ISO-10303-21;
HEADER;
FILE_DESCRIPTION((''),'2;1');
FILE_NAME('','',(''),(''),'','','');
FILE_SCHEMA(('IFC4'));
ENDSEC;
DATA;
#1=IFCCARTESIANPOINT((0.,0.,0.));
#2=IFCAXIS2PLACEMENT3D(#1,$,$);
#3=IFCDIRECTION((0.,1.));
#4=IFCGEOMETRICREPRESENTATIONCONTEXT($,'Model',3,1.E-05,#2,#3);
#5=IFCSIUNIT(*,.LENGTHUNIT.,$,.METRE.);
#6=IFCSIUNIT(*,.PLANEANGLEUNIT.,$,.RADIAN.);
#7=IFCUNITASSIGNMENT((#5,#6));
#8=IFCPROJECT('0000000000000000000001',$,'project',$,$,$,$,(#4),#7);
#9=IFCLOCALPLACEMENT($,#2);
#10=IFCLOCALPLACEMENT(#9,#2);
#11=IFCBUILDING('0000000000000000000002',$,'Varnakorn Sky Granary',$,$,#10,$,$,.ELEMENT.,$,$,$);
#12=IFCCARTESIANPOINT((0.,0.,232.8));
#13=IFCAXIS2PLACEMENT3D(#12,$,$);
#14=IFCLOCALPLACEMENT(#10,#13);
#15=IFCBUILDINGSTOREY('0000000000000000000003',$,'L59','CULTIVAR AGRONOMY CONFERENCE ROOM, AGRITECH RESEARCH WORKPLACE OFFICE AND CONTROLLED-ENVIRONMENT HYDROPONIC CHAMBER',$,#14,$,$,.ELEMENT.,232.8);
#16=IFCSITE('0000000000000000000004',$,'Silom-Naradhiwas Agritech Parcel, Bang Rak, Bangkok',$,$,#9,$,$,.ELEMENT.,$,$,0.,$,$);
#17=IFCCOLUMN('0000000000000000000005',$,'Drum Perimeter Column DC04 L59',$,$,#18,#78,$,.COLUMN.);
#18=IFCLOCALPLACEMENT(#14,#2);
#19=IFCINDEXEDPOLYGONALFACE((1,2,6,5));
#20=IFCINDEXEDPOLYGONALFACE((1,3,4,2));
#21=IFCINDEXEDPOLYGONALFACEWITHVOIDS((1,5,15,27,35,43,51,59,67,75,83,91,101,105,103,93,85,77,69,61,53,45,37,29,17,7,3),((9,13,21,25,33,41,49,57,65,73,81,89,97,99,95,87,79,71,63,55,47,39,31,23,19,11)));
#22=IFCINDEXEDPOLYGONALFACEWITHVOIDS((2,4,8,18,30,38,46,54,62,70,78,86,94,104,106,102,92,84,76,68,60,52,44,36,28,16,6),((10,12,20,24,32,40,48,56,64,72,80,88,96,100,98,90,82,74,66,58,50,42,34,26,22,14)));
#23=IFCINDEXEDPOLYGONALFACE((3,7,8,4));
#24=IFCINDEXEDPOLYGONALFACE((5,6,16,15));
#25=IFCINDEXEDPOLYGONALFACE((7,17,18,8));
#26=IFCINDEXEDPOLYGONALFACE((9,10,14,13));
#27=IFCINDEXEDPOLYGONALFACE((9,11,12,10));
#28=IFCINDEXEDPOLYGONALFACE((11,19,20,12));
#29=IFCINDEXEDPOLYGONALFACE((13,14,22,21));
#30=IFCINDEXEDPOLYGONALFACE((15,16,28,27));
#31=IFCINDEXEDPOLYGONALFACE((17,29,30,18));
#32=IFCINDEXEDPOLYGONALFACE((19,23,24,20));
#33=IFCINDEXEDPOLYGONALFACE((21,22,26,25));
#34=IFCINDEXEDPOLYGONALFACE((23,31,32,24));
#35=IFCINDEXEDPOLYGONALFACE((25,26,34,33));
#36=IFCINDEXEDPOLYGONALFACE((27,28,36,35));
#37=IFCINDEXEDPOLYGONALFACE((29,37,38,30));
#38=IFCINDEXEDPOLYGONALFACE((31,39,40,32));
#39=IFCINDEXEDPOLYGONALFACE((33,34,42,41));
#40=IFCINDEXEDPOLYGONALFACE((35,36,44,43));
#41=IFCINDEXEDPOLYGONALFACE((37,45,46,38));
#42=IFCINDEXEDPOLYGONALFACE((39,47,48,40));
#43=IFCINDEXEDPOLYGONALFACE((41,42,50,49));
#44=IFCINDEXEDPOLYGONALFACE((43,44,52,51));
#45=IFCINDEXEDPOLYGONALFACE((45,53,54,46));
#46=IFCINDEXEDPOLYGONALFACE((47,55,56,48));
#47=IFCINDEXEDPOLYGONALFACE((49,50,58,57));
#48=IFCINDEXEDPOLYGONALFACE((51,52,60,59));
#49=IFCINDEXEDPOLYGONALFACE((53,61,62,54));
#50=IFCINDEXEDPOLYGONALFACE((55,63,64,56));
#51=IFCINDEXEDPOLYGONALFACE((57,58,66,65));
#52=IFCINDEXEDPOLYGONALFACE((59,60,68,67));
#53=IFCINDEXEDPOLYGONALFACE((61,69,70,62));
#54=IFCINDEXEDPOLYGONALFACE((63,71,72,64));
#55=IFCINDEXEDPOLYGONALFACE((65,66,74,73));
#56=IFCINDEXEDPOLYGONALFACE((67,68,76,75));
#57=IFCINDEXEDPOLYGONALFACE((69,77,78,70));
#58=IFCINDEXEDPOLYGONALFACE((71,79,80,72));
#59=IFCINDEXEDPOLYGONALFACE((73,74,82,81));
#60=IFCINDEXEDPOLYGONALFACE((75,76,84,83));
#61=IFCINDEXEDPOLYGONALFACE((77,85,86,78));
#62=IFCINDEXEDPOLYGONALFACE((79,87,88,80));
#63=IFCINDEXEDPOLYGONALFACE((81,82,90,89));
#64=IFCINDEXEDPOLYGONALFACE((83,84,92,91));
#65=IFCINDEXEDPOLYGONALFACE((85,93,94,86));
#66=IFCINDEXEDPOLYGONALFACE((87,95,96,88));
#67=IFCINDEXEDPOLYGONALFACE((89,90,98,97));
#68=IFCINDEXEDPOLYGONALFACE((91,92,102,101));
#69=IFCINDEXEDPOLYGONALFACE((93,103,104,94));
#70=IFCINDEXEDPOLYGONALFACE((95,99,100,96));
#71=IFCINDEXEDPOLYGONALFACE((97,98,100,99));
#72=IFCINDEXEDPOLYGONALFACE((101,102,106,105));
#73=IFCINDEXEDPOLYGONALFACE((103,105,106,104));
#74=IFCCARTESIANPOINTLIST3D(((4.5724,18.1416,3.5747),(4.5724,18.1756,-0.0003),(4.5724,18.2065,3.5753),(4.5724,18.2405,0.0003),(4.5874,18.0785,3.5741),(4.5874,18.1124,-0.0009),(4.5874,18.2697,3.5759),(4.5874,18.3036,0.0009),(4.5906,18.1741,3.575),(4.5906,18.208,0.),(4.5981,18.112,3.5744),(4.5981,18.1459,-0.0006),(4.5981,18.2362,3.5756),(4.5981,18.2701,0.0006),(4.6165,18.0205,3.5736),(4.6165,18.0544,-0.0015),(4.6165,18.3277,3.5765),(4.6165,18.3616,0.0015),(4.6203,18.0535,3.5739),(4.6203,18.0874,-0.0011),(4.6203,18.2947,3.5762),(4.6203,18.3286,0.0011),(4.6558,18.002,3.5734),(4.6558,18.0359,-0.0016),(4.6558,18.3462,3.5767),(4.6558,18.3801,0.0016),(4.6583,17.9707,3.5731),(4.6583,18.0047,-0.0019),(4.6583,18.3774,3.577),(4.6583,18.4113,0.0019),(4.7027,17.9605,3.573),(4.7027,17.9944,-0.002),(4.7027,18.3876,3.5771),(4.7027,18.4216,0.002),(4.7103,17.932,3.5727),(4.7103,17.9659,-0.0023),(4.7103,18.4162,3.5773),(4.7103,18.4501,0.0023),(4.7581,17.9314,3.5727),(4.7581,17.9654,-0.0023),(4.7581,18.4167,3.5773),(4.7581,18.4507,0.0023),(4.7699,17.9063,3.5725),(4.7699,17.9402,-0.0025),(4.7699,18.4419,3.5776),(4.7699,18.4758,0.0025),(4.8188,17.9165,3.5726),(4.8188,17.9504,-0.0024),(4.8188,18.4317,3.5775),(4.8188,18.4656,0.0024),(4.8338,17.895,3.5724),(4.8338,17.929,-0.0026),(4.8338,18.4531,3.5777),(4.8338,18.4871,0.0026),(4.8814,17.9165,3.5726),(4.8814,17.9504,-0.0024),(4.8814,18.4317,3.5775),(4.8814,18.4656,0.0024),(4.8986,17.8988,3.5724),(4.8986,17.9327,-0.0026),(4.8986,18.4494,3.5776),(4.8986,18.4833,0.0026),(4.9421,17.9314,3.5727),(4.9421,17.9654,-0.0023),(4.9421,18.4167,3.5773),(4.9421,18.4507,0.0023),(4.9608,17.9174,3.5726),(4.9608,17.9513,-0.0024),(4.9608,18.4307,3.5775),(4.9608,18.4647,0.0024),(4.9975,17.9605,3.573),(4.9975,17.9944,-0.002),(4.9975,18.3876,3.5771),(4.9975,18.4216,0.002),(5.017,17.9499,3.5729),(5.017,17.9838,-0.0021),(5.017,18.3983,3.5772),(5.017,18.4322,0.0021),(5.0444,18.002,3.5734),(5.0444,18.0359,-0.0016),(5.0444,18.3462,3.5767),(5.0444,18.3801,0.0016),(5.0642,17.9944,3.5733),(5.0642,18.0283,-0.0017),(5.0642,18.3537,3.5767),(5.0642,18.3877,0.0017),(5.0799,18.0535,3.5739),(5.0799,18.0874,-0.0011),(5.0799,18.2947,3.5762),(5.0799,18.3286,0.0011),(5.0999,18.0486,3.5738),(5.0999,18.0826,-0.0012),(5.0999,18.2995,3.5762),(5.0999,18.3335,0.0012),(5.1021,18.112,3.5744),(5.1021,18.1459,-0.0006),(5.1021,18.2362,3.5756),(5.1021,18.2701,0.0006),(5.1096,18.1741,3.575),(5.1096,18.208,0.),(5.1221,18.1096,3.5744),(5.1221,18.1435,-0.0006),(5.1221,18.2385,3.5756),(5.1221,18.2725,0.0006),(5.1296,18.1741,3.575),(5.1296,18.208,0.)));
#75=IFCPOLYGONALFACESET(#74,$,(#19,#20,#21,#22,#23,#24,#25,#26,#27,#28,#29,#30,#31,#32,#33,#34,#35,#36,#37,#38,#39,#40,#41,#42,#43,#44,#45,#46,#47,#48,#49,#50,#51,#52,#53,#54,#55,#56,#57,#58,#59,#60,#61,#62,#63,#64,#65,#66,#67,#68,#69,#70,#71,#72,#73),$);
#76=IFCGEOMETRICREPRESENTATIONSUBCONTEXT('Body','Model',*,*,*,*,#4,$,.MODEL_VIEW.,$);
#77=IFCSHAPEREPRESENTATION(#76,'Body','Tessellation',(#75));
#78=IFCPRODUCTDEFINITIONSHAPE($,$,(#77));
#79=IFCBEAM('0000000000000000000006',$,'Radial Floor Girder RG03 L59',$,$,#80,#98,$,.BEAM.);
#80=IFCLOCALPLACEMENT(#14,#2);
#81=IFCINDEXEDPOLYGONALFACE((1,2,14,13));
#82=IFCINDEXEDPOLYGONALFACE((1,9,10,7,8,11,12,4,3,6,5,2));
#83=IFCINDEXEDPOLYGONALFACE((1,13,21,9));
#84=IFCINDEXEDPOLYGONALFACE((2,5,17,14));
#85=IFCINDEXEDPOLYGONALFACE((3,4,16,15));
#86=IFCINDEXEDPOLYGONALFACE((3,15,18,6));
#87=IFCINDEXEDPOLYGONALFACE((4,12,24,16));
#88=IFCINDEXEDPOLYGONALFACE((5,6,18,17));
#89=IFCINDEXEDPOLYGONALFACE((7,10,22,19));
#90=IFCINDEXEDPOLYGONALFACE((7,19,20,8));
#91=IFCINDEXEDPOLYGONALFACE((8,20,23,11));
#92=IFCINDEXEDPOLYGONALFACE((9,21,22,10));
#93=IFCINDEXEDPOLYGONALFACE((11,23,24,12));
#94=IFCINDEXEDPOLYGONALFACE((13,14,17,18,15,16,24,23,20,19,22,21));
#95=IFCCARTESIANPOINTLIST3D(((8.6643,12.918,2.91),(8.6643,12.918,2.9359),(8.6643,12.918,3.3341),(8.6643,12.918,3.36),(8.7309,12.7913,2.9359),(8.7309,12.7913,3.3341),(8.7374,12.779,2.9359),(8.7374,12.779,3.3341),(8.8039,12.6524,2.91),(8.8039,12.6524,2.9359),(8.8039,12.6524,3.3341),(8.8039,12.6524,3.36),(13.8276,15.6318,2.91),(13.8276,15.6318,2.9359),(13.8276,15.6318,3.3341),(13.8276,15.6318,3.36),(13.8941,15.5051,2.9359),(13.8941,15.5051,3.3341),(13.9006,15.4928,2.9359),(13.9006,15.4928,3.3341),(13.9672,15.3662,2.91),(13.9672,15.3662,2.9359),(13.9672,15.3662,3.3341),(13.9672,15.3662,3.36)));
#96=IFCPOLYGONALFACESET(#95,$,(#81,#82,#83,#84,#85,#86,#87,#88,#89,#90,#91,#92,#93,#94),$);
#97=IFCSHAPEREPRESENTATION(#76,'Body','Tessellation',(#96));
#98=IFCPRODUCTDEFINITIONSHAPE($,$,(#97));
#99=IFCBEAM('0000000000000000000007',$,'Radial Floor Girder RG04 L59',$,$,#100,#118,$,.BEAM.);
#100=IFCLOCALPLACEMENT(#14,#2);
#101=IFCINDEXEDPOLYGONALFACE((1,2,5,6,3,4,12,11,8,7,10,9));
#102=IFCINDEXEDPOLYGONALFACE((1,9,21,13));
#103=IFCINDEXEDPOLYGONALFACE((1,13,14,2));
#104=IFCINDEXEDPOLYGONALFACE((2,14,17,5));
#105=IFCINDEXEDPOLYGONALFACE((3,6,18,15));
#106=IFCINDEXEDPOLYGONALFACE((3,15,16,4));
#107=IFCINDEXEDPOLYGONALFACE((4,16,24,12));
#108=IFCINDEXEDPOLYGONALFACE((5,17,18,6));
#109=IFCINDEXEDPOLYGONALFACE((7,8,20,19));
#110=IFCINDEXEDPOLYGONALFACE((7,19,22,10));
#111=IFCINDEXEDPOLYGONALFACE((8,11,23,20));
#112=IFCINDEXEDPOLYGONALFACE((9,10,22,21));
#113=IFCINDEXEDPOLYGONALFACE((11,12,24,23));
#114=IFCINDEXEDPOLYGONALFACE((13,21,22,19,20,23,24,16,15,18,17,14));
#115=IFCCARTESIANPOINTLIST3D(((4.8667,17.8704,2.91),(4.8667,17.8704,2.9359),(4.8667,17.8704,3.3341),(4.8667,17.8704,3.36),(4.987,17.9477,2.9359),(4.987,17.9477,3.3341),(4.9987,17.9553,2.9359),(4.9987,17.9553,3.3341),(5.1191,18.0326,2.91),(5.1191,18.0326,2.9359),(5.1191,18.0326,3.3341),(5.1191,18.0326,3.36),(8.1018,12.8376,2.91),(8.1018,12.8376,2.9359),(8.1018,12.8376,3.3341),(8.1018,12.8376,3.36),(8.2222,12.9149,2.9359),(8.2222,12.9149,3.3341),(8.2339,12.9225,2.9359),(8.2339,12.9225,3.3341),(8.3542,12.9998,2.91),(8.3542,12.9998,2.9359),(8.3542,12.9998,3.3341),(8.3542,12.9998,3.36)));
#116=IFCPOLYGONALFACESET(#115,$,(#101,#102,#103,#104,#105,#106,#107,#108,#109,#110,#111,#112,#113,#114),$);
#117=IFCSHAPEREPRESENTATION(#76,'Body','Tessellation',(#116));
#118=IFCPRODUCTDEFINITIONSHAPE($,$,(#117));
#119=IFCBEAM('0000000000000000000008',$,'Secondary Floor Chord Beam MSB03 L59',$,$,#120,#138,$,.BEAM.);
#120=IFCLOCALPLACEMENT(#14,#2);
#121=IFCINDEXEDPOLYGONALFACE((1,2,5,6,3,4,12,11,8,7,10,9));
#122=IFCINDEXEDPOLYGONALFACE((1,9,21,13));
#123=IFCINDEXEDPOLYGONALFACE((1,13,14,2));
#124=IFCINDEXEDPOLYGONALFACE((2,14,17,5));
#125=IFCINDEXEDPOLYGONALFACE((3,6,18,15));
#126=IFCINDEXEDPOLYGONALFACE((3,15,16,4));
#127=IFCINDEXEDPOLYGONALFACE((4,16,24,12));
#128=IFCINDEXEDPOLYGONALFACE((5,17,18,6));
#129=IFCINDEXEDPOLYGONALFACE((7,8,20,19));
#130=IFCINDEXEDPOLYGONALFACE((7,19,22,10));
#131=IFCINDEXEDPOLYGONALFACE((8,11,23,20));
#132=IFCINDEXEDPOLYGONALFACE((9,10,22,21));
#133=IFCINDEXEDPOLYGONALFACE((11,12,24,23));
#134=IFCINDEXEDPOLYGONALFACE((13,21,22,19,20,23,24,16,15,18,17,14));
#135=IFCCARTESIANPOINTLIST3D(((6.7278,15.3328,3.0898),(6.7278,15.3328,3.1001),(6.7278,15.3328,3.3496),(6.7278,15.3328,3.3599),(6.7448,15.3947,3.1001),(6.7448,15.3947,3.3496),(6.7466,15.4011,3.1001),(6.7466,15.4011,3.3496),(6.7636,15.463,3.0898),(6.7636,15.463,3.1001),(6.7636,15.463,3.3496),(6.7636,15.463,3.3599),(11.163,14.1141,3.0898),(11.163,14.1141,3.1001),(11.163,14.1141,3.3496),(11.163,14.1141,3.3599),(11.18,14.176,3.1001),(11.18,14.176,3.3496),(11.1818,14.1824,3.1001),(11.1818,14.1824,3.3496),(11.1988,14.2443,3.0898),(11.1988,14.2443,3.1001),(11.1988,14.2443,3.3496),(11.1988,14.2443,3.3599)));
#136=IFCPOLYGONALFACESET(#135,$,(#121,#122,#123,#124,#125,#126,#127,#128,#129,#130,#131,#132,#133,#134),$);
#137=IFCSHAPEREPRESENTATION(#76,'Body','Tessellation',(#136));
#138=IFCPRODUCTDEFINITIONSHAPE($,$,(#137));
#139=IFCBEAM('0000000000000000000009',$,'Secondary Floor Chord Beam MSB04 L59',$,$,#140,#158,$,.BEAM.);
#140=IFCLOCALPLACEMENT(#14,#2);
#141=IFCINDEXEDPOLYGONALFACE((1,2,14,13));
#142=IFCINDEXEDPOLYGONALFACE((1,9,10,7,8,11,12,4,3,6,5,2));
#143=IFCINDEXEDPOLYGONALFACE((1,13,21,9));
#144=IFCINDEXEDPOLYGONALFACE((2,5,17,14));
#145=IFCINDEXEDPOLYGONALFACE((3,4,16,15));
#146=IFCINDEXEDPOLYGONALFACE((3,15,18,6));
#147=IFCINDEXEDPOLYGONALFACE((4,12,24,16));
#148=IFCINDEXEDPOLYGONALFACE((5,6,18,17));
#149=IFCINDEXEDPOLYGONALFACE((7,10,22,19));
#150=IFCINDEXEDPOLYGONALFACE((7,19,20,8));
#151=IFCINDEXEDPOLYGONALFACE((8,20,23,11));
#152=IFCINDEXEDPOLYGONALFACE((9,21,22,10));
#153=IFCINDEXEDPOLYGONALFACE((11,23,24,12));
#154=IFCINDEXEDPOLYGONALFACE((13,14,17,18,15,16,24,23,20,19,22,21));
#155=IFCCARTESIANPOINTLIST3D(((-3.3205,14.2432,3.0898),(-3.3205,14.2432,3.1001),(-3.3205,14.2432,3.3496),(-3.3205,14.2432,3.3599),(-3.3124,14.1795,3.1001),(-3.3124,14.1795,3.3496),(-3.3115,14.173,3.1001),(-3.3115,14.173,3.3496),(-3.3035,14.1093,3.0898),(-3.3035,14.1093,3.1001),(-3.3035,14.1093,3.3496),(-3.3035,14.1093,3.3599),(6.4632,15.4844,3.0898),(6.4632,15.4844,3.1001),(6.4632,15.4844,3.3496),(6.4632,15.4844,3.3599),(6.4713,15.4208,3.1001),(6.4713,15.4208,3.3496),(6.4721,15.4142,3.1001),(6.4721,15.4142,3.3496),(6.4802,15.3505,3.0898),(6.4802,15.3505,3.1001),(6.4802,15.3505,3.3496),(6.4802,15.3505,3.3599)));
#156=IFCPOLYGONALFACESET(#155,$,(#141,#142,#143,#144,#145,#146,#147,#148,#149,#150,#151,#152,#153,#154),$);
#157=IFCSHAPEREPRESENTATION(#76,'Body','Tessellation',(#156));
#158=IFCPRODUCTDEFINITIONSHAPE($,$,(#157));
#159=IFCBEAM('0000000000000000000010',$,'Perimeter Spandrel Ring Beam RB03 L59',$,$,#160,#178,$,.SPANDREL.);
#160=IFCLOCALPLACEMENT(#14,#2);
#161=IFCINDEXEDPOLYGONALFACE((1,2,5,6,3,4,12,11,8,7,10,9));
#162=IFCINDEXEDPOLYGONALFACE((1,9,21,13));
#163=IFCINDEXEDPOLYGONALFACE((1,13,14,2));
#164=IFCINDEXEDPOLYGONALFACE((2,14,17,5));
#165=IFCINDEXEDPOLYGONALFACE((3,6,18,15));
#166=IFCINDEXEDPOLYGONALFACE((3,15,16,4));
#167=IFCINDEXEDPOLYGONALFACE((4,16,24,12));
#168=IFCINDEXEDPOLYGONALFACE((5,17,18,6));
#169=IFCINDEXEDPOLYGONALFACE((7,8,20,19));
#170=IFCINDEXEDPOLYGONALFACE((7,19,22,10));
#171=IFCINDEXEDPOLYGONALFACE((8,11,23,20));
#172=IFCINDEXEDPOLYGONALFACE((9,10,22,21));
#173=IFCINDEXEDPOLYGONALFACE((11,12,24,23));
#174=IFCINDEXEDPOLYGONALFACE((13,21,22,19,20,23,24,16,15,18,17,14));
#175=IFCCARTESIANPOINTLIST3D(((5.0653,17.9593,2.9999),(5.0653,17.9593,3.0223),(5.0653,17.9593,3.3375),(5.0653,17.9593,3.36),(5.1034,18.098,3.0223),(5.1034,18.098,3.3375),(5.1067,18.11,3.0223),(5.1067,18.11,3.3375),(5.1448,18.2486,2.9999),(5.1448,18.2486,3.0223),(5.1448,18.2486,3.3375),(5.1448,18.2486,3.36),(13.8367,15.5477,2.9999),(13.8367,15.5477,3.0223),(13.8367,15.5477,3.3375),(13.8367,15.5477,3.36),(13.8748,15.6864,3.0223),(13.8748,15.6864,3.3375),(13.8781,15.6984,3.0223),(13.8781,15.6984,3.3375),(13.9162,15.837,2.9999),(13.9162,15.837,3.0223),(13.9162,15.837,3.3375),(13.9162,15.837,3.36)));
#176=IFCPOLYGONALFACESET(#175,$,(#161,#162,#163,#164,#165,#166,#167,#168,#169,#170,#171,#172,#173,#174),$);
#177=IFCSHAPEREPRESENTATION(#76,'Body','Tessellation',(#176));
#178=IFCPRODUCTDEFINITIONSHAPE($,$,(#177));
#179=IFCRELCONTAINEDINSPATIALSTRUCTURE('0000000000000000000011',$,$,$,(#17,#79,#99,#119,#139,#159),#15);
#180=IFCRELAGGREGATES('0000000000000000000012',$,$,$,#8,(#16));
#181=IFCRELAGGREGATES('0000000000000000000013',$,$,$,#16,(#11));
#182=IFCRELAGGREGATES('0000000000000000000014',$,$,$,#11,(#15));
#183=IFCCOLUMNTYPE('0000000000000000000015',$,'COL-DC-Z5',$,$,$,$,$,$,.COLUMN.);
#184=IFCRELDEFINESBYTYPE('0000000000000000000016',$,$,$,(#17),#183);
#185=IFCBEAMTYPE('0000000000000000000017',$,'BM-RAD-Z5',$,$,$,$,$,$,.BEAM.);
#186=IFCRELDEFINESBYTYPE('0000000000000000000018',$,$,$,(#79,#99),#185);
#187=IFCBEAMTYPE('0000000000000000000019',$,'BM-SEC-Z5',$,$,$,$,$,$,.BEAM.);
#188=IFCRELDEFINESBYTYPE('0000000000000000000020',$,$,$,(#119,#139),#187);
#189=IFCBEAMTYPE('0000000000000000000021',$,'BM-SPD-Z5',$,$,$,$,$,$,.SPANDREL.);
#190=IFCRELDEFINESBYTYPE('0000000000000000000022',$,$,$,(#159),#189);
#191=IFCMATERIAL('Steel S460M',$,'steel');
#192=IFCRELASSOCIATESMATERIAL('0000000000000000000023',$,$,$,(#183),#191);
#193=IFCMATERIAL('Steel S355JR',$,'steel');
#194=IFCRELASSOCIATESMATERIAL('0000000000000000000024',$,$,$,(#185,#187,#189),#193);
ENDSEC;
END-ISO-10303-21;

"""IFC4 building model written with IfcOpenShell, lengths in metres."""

from ifc_helpers import new_model, si_unit, direction, frame, origin, origin_2d, place, context, subcontext, project, spatial, hollow_circle, i_section, extrude, material, material_profile, profile_set, type_object, element, save


model = new_model("IFC4")

# Units and contexts
model_context = context("Model", 3, precision=1e-05, world=origin(), true_north=direction((0.0, 1.0)))
body_context = subcontext(model_context, "Body", "Model", "MODEL_VIEW")
ifc_project = project(units=[si_unit("LENGTHUNIT", "METRE"), si_unit("PLANEANGLEUNIT", "RADIAN")], contexts=[model_context])

# Site, building, storey
site_placement = place(None, origin())
site = spatial("IfcSite", under=ifc_project, at=site_placement, Name="Silom-Naradhiwas Agritech Parcel, Bang Rak, Bangkok", CompositionType="ELEMENT", RefElevation=0.0)
building_placement = place(site_placement, origin())
building = spatial("IfcBuilding", under=site, at=building_placement, Name="Varnakorn Sky Granary", CompositionType="ELEMENT")
storey_placement = place(building_placement, frame((0.0, 0.0, 232.8)))
storey = spatial("IfcBuildingStorey", under=building, at=storey_placement, Name="L59", Description="CULTIVAR AGRONOMY CONFERENCE ROOM, AGRITECH RESEARCH WORKPLACE OFFICE AND CONTROLLED-ENVIRONMENT HYDROPONIC CHAMBER", CompositionType="ELEMENT", Elevation=232.8)

# Column
ifc_material_1 = material(Name="Steel S460M", Category="steel")
ifc_material_profile_1 = material_profile(ifc_material_1, hollow_circle(Radius=0.2795, WallThickness=0.02, at=origin_2d()), Name="CHS 559x20")
ifc_profile_set_1 = profile_set([ifc_material_profile_1], Name="Steel S460M")
column_type = type_object("IfcColumnType", Name="COL-DC-Z5", PredefinedType="COLUMN", material=ifc_profile_set_1)
column_placement = place(storey_placement, frame((4.8501, 18.208, 0.0), z_axis=(0.0, -0.009492, 0.999955), x_axis=(1.0, 0.0, 0.0)))
element("IfcColumn", 1, at=column_placement, inside=storey, type_object=column_type, Name="Drum Perimeter Column DC04 L59", PredefinedType="COLUMN", context=body_context, shape_type="SweptSolid", body=[
    extrude(hollow_circle(Radius=0.2795, WallThickness=0.02, at=origin_2d()), origin(), (0.0, 0.0, 1.0), 3.5752),
])

# Beams
ifc_material_2 = material(Name="Steel S355JR", Category="steel")
ifc_material_profile_2 = material_profile(ifc_material_2, i_section(OverallWidth=0.3, OverallDepth=0.45, WebThickness=0.0139, FlangeThickness=0.0259, at=origin_2d()), Name="HE 450 B")
ifc_profile_set_2 = profile_set([ifc_material_profile_2], Name="Steel S355JR")
beam_type_1 = type_object("IfcBeamType", Name="BM-RAD-Z5", PredefinedType="BEAM", material=ifc_profile_set_2)
beam_1_placement = place(storey_placement, frame((8.7341, 12.7852, 3.135), z_axis=(0.885178, 0.465253, 0.0), x_axis=(-0.465253, 0.885178, 0.0)))
element("IfcBeam", 2, at=beam_1_placement, inside=storey, type_object=beam_type_1, Name="Radial Floor Girder RG03 L59", PredefinedType="BEAM", context=body_context, shape_type="SweptSolid", body=[
    extrude(i_section(OverallWidth=0.3, OverallDepth=0.45, WebThickness=0.0139, FlangeThickness=0.0259, at=origin_2d()), origin(), (0.0, 0.0, 1.0), 5.833),
])
beam_2_placement = place(storey_placement, frame((8.228, 12.9187, 3.135), z_axis=(-0.540733, 0.841194, 0.0), x_axis=(-0.841194, -0.540733, 0.0)))
element("IfcBeam", 3, at=beam_2_placement, inside=storey, type_object=beam_type_1, Name="Radial Floor Girder RG04 L59", PredefinedType="BEAM", context=body_context, shape_type="SweptSolid", body=[
    extrude(i_section(OverallWidth=0.3, OverallDepth=0.45, WebThickness=0.0139, FlangeThickness=0.0259, at=origin_2d()), origin(), (0.0, 0.0, 1.0), 5.9829),
])
ifc_material_profile_3 = material_profile(ifc_material_2, i_section(OverallWidth=0.135, OverallDepth=0.27, WebThickness=0.0066, FlangeThickness=0.0103, at=origin_2d()), Name="IPE 270")
ifc_profile_set_3 = profile_set([ifc_material_profile_3], Name="Steel S355JR")
beam_type_2 = type_object("IfcBeamType", Name="BM-SEC-Z5", PredefinedType="BEAM", material=ifc_profile_set_3)
beam_3_placement = place(storey_placement, frame((11.1809, 14.1792, 3.2249), z_axis=(-0.964259, 0.264963, 0.0), x_axis=(-0.264963, -0.964259, 0.0)))
element("IfcBeam", 4, at=beam_3_placement, inside=storey, type_object=beam_type_2, Name="Secondary Floor Chord Beam MSB03 L59", PredefinedType="BEAM", context=body_context, shape_type="SweptSolid", body=[
    extrude(i_section(OverallWidth=0.135, OverallDepth=0.27, WebThickness=0.0066, FlangeThickness=0.0103, at=origin_2d()), origin(), (0.0, 0.0, 1.0), 4.5996),
])
beam_4_placement = place(storey_placement, frame((6.4717, 15.4175, 3.2249), z_axis=(-0.992048, -0.125857, 0.0), x_axis=(0.125857, -0.992048, 0.0)))
element("IfcBeam", 5, at=beam_4_placement, inside=storey, type_object=beam_type_2, Name="Secondary Floor Chord Beam MSB04 L59", PredefinedType="BEAM", context=body_context, shape_type="SweptSolid", body=[
    extrude(i_section(OverallWidth=0.135, OverallDepth=0.27, WebThickness=0.0066, FlangeThickness=0.0103, at=origin_2d()), origin(), (0.0, 0.0, 1.0), 9.8621),
])
ifc_material_profile_4 = material_profile(ifc_material_2, i_section(OverallWidth=0.3, OverallDepth=0.3601, WebThickness=0.0125, FlangeThickness=0.0225, at=origin_2d()), Name="HE 360 B")
ifc_profile_set_4 = profile_set([ifc_material_profile_4], Name="Steel S355JR")
beam_type_3 = type_object("IfcBeamType", Name="BM-SPD-Z5", PredefinedType="SPANDREL", material=ifc_profile_set_4)
for number, where, z_axis, x_axis, name in (
    (6, (13.8765, 15.6924, 3.1799), (-0.96422, 0.265102, 0.0), (-0.265102, -0.96422, 0.0), "Perimeter Spandrel Ring Beam RB03 L59"),
):
    element("IfcBeam", number, at=place(storey_placement, frame(where, z_axis=z_axis, x_axis=x_axis)), inside=storey, type_object=beam_type_3, Name=name, PredefinedType="SPANDREL", context=body_context, shape_type="SweptSolid", body=[
        extrude(i_section(OverallWidth=0.3, OverallDepth=0.3601, WebThickness=0.0125, FlangeThickness=0.0225, at=origin_2d()), origin(), (0.0, 0.0, 1.0), 9.0969),
    ])

save(model, "model.ifc")
